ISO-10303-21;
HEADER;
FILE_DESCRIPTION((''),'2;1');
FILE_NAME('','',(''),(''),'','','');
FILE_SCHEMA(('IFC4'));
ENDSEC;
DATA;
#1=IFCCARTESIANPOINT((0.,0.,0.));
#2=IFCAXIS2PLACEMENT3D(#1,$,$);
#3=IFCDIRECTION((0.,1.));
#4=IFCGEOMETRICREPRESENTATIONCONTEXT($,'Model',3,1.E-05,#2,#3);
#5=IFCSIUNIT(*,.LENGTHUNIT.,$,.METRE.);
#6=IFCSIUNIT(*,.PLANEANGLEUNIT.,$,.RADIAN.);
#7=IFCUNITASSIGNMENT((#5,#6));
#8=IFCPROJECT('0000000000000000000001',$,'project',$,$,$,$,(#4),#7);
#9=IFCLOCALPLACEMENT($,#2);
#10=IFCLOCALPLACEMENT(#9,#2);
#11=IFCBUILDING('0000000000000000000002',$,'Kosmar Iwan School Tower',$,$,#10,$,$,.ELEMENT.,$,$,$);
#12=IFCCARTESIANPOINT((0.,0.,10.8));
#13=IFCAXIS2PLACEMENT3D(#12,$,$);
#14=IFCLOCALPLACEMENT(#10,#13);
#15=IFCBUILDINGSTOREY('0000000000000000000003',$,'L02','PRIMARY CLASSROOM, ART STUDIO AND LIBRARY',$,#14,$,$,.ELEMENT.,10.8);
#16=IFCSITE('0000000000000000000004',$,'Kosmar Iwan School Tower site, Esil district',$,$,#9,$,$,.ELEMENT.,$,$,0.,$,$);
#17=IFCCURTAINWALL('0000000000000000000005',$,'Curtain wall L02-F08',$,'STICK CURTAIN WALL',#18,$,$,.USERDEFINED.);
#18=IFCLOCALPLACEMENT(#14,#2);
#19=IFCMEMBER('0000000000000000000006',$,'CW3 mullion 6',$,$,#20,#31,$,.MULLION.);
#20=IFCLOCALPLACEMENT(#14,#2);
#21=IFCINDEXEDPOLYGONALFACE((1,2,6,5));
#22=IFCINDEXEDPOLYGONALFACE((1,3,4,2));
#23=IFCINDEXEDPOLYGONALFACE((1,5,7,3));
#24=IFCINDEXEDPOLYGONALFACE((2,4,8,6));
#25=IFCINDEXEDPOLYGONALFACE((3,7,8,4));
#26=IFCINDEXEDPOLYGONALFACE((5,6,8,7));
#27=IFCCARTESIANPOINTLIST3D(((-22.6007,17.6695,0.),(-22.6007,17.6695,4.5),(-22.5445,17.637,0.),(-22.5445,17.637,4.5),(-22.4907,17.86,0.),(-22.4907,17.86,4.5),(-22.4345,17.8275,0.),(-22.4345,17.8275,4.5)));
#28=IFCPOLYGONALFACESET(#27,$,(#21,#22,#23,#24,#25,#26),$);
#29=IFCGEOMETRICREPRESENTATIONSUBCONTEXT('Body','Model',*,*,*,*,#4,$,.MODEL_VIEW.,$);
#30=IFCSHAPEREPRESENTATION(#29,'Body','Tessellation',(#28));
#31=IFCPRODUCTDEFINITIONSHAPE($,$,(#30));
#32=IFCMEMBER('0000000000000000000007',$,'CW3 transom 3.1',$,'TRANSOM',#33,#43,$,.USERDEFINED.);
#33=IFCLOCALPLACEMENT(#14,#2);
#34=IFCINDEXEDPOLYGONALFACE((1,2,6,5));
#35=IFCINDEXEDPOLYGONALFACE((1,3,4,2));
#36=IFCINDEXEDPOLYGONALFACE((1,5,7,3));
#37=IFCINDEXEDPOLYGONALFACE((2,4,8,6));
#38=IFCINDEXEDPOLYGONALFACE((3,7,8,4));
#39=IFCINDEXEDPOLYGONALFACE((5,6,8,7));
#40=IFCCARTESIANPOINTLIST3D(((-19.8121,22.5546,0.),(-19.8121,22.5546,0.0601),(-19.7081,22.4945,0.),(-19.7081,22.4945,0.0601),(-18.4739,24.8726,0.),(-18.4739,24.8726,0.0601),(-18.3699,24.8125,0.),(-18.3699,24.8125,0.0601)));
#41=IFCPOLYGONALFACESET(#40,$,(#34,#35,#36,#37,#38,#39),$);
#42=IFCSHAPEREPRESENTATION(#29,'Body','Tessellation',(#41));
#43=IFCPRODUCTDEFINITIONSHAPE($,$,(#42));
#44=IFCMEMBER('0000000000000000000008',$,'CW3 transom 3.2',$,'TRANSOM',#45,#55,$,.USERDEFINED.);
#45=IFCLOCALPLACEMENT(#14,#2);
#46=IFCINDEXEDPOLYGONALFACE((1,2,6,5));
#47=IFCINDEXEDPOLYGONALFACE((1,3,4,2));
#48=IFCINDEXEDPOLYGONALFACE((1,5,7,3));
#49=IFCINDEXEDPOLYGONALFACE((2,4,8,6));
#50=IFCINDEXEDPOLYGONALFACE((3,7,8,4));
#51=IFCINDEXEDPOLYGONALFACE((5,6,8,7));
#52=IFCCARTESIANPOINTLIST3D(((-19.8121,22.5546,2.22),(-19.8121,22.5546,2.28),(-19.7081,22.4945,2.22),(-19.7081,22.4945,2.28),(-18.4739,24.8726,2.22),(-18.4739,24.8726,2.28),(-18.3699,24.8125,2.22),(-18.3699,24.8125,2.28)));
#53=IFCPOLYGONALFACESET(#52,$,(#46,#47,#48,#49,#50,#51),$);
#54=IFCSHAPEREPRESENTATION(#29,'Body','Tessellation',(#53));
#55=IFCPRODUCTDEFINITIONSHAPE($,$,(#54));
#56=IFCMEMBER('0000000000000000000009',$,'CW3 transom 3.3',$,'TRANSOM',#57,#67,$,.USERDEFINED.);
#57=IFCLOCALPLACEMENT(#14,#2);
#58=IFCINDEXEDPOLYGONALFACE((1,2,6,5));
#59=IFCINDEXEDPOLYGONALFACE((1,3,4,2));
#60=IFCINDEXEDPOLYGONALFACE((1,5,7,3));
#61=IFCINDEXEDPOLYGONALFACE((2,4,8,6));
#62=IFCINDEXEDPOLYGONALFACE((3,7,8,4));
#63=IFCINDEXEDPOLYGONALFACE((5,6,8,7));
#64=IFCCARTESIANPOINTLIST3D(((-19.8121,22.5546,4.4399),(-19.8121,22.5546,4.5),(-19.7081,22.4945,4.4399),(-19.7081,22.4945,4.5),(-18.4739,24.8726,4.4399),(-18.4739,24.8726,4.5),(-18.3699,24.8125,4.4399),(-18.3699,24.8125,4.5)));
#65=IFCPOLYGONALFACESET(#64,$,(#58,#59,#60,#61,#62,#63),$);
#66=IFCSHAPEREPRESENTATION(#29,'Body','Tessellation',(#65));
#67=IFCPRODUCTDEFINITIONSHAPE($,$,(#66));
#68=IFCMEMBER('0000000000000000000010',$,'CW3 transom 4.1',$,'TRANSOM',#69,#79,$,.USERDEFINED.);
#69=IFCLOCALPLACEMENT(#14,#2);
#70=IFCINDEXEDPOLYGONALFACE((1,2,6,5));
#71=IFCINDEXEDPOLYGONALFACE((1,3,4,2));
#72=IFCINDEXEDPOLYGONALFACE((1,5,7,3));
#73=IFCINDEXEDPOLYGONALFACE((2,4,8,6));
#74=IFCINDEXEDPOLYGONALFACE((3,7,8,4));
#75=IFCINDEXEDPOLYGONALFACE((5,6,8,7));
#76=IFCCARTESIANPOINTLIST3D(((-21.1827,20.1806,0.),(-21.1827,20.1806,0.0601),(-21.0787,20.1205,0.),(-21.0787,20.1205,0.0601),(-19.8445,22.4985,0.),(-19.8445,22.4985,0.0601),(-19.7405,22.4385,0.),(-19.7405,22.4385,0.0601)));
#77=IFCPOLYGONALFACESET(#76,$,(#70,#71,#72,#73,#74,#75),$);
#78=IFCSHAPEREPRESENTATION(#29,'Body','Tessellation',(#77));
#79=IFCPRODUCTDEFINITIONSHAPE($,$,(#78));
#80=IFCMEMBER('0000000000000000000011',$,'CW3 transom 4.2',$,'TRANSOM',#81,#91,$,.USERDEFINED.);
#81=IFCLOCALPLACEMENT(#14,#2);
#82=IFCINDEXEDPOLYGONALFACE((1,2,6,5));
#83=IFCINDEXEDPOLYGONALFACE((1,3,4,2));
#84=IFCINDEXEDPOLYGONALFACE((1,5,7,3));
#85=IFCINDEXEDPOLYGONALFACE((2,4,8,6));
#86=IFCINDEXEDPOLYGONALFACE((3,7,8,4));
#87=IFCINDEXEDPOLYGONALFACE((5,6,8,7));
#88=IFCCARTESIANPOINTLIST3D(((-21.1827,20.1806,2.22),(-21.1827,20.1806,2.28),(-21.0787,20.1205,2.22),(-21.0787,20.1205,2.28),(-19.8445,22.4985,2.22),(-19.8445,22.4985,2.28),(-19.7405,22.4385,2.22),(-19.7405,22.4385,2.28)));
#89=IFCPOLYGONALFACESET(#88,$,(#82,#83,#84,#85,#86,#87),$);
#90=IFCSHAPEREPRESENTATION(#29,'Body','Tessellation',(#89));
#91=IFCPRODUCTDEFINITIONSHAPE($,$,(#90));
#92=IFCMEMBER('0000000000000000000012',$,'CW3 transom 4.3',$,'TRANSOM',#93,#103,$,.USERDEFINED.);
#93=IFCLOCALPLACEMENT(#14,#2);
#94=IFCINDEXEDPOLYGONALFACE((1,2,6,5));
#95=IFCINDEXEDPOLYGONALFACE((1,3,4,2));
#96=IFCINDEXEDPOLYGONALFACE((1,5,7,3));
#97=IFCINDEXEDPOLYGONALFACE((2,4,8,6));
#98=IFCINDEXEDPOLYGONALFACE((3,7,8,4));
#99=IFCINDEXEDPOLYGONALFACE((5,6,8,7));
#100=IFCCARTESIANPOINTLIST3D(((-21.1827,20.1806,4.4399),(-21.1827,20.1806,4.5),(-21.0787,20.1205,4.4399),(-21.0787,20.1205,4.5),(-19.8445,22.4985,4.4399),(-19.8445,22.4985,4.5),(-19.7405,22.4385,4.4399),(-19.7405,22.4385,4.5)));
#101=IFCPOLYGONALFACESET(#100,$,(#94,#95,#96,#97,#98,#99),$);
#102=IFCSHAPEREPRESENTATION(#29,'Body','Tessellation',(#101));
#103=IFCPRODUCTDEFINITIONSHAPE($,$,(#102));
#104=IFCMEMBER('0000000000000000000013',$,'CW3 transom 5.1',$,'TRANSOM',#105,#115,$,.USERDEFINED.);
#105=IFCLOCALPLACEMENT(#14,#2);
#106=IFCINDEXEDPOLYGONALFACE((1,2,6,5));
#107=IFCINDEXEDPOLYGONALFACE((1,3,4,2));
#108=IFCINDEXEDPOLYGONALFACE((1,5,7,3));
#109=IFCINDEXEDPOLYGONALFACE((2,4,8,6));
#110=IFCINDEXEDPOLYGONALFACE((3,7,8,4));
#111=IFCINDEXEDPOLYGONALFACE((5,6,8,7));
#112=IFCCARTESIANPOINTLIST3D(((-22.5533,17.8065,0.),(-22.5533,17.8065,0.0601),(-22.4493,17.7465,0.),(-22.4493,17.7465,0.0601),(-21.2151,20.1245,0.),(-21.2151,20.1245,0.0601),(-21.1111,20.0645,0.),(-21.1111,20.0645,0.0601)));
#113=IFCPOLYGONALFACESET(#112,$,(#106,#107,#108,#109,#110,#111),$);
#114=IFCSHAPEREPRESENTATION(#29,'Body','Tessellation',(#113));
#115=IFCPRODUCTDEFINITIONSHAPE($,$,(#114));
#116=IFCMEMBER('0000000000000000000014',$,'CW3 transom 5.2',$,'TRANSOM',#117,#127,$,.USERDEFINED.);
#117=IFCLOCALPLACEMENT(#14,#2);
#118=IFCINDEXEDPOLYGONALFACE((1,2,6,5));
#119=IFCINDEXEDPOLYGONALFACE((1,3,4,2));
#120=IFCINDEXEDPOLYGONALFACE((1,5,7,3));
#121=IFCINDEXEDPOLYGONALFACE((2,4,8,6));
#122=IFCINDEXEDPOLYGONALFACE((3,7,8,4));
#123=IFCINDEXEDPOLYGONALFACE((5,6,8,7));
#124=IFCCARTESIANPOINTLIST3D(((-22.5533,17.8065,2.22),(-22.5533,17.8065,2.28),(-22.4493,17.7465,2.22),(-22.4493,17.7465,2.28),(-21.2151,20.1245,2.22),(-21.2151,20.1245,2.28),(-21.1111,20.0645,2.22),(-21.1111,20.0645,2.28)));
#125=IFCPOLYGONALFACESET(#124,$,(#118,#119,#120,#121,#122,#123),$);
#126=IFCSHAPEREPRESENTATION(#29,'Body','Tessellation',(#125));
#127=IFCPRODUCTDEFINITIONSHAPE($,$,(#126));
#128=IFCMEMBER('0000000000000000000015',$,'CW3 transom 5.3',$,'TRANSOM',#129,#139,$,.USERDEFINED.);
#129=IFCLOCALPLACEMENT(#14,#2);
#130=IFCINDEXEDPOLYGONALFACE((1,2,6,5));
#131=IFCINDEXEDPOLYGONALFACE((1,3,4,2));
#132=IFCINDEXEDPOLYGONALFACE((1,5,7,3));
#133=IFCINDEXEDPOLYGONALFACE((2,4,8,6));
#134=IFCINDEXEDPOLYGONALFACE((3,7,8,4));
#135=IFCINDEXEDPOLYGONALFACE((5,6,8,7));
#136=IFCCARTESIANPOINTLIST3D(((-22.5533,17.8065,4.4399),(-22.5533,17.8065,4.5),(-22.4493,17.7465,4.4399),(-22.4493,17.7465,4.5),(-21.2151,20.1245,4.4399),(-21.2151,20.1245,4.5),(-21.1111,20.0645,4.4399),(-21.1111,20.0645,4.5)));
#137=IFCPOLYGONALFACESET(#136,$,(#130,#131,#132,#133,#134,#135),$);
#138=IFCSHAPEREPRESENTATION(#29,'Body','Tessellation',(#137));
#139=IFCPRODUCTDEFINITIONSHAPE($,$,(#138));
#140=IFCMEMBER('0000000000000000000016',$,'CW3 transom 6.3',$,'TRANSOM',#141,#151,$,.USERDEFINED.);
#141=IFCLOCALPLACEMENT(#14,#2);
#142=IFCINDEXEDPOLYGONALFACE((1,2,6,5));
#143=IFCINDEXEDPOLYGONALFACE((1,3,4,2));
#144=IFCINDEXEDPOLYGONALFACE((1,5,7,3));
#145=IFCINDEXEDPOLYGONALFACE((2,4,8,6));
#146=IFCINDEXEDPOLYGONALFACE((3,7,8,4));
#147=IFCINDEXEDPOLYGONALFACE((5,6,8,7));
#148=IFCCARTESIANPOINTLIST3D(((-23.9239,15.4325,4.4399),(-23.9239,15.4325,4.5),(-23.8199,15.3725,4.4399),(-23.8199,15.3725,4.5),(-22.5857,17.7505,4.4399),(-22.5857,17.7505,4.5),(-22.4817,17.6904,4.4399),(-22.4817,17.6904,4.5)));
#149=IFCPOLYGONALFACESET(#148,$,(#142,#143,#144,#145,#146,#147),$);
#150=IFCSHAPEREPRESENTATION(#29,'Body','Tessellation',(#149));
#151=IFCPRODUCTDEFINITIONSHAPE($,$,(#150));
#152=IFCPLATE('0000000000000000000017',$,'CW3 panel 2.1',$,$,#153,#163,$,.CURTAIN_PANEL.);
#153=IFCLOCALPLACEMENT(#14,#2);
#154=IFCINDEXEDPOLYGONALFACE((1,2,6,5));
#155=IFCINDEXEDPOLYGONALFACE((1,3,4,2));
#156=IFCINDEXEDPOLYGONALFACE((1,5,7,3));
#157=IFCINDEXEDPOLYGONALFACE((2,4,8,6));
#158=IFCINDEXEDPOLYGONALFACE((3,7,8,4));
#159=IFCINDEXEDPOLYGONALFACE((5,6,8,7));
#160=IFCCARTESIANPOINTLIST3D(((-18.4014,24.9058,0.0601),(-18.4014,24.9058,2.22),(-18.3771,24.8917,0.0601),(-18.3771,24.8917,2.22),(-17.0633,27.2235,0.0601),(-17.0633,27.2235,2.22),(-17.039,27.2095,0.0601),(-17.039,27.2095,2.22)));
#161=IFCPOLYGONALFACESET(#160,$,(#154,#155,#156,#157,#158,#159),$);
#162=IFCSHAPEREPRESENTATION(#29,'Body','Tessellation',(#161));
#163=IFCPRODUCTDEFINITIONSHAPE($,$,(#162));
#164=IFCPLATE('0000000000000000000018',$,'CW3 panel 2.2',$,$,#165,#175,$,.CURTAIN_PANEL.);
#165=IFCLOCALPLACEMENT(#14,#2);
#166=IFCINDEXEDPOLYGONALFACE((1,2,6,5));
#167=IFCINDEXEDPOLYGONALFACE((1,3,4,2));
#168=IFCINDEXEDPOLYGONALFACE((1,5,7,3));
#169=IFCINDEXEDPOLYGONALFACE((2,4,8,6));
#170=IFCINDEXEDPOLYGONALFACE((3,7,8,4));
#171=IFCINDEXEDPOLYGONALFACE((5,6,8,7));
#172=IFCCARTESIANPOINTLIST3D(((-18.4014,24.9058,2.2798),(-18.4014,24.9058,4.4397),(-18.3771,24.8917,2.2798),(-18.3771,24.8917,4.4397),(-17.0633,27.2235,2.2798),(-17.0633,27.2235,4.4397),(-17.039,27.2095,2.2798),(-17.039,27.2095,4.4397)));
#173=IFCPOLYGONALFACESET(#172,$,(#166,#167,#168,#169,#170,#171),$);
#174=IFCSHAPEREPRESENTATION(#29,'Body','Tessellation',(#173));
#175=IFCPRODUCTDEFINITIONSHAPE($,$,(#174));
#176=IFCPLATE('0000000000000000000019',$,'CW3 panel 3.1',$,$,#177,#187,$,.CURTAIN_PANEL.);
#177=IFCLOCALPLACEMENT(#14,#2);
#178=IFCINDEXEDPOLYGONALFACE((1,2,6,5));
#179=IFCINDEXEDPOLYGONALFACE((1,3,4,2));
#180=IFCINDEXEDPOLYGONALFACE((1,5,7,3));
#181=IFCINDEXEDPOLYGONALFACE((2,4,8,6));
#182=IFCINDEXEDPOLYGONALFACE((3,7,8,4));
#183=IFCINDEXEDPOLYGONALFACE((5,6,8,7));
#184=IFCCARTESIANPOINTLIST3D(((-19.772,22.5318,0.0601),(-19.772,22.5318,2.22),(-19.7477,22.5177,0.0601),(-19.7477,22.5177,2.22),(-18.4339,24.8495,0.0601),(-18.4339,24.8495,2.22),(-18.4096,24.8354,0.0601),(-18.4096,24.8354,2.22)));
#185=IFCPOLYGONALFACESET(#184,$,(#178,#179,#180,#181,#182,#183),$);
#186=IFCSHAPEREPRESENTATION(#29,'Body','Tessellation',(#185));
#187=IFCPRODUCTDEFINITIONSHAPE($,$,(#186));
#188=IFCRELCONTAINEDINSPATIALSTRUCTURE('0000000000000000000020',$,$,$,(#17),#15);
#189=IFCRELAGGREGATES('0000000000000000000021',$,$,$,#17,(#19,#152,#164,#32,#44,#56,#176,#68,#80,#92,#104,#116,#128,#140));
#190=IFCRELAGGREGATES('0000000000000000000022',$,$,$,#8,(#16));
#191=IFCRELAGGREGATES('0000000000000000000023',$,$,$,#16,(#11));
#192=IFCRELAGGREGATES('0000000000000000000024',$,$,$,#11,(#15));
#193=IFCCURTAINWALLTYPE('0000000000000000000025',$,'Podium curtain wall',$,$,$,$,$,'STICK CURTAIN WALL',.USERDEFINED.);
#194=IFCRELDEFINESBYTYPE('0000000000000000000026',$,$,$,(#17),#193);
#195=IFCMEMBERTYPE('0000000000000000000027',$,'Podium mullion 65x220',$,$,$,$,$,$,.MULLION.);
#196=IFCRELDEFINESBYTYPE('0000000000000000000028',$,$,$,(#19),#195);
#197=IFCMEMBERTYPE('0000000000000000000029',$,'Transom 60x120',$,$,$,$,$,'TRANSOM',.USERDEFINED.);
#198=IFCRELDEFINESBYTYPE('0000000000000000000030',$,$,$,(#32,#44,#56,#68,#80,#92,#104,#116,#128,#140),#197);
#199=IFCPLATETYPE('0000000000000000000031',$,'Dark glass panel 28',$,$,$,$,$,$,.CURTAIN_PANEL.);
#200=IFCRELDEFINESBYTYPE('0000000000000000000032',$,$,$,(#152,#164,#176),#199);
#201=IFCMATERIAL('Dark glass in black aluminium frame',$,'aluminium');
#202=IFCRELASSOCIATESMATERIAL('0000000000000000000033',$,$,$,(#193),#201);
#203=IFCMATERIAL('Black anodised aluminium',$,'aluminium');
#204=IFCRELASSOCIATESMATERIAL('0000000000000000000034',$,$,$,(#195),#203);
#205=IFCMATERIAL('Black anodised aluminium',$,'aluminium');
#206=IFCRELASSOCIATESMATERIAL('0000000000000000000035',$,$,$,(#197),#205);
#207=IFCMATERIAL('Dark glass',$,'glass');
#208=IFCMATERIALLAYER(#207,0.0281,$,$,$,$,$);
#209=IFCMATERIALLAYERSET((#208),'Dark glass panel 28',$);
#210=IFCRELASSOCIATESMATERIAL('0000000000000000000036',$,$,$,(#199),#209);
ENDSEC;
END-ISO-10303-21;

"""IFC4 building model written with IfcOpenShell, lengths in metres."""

from ifc_helpers import new_model, si_unit, direction, frame, origin, origin_2d, place, context, subcontext, project, spatial, rectangle, extrude, material, layer, layer_set, material_profile, profile_set, type_object, element, aggregate, save


model = new_model("IFC4")

# Units and contexts
model_context = context("Model", 3, precision=1e-05, world=origin(), true_north=direction((0.0, 1.0)))
body_context = subcontext(model_context, "Body", "Model", "MODEL_VIEW")
ifc_project = project(units=[si_unit("LENGTHUNIT", "METRE"), si_unit("PLANEANGLEUNIT", "RADIAN")], contexts=[model_context])

# Site, building, storey
site_placement = place(None, origin())
site = spatial("IfcSite", under=ifc_project, at=site_placement, Name="Kosmar Iwan School Tower site, Esil district", CompositionType="ELEMENT", RefElevation=0.0)
building_placement = place(site_placement, origin())
building = spatial("IfcBuilding", under=site, at=building_placement, Name="Kosmar Iwan School Tower", CompositionType="ELEMENT")
storey_placement = place(building_placement, frame((0.0, 0.0, 10.8)))
storey = spatial("IfcBuildingStorey", under=building, at=storey_placement, Name="L02", Description="PRIMARY CLASSROOM, ART STUDIO AND LIBRARY", CompositionType="ELEMENT", Elevation=10.8)

# Curtain wall, members, plates
ifc_material_1 = material(Name="Dark glass in black aluminium frame", Category="aluminium")
curtain_wall_type = type_object("IfcCurtainWallType", Name="Podium curtain wall", ElementType="STICK CURTAIN WALL", PredefinedType="USERDEFINED", material=ifc_material_1)
curtain_wall_placement = place(storey_placement, origin())
curtain_wall = element("IfcCurtainWall", 1, at=curtain_wall_placement, inside=storey, type_object=curtain_wall_type, Name="Curtain wall L02-F08", ObjectType="STICK CURTAIN WALL", PredefinedType="USERDEFINED")
ifc_material_2 = material(Name="Black anodised aluminium", Category="aluminium")
ifc_material_profile_1 = material_profile(ifc_material_2, rectangle(XDim=0.0649, YDim=0.22, at=origin_2d()), Name="MULLION 65x220")
ifc_profile_set_1 = profile_set([ifc_material_profile_1], Name="Black anodised aluminium")
member_type_1 = type_object("IfcMemberType", Name="Podium mullion 65x220", PredefinedType="MULLION", material=ifc_profile_set_1)
member_1_placement = place(storey_placement, frame((-22.5176, 17.7485, 0.0), z_axis=(0.0, 0.0, 1.0), x_axis=(0.866025, -0.5, 0.0)))
member_1 = element("IfcMember", 2, at=member_1_placement, type_object=member_type_1, Name="CW3 mullion 6", PredefinedType="MULLION", context=body_context, shape_type="SweptSolid", body=[
    extrude(rectangle(XDim=0.0649, YDim=0.22, at=origin_2d()), origin(), (0.0, 0.0, 1.0), 4.5),
])
ifc_material_3 = material(Name="Black anodised aluminium", Category="aluminium")
ifc_material_profile_2 = material_profile(ifc_material_3, rectangle(XDim=0.1201, YDim=0.0601, at=origin_2d()), Name="TRANSOM 60x120")
ifc_profile_set_2 = profile_set([ifc_material_profile_2], Name="Black anodised aluminium")
member_type_2 = type_object("IfcMemberType", Name="Transom 60x120", ElementType="TRANSOM", PredefinedType="USERDEFINED", material=ifc_profile_set_2)
member_2_placement = place(storey_placement, frame((-18.4219, 24.8425, 0.03), z_axis=(-0.499975, -0.86604, 0.0), x_axis=(0.86604, -0.499975, 0.0)))
member_2 = element("IfcMember", 3, at=member_2_placement, type_object=member_type_2, Name="CW3 transom 3.1", ObjectType="TRANSOM", PredefinedType="USERDEFINED", context=body_context, shape_type="SweptSolid", body=[
    extrude(rectangle(XDim=0.1201, YDim=0.0601, at=origin_2d()), origin(), (0.0, 0.0, 1.0), 2.6765),
])
member_3_placement = place(storey_placement, frame((-18.4219, 24.8425, 2.25), z_axis=(-0.499975, -0.86604, 0.0), x_axis=(0.86604, -0.499975, 0.0)))
member_3 = element("IfcMember", 4, at=member_3_placement, type_object=member_type_2, Name="CW3 transom 3.2", ObjectType="TRANSOM", PredefinedType="USERDEFINED", context=body_context, shape_type="SweptSolid", body=[
    extrude(rectangle(XDim=0.1201, YDim=0.0601, at=origin_2d()), origin(), (0.0, 0.0, 1.0), 2.6765),
])
member_4_placement = place(storey_placement, frame((-18.4219, 24.8425, 4.47), z_axis=(-0.499975, -0.86604, 0.0), x_axis=(0.86604, -0.499975, 0.0)))
member_4 = element("IfcMember", 5, at=member_4_placement, type_object=member_type_2, Name="CW3 transom 3.3", ObjectType="TRANSOM", PredefinedType="USERDEFINED", context=body_context, shape_type="SweptSolid", body=[
    extrude(rectangle(XDim=0.1201, YDim=0.0601, at=origin_2d()), origin(), (0.0, 0.0, 1.0), 2.6765),
])
member_5_placement = place(storey_placement, frame((-19.7925, 22.4685, 0.03), z_axis=(-0.499975, -0.86604, 0.0), x_axis=(0.86604, -0.499975, 0.0)))
member_5 = element("IfcMember", 6, at=member_5_placement, type_object=member_type_2, Name="CW3 transom 4.1", ObjectType="TRANSOM", PredefinedType="USERDEFINED", context=body_context, shape_type="SweptSolid", body=[
    extrude(rectangle(XDim=0.1201, YDim=0.0601, at=origin_2d()), origin(), (0.0, 0.0, 1.0), 2.6765),
])
member_6_placement = place(storey_placement, frame((-19.7925, 22.4685, 2.25), z_axis=(-0.499975, -0.86604, 0.0), x_axis=(0.86604, -0.499975, 0.0)))
member_6 = element("IfcMember", 7, at=member_6_placement, type_object=member_type_2, Name="CW3 transom 4.2", ObjectType="TRANSOM", PredefinedType="USERDEFINED", context=body_context, shape_type="SweptSolid", body=[
    extrude(rectangle(XDim=0.1201, YDim=0.0601, at=origin_2d()), origin(), (0.0, 0.0, 1.0), 2.6765),
])
member_7_placement = place(storey_placement, frame((-19.7925, 22.4685, 4.47), z_axis=(-0.499975, -0.86604, 0.0), x_axis=(0.86604, -0.499975, 0.0)))
member_7 = element("IfcMember", 8, at=member_7_placement, type_object=member_type_2, Name="CW3 transom 4.3", ObjectType="TRANSOM", PredefinedType="USERDEFINED", context=body_context, shape_type="SweptSolid", body=[
    extrude(rectangle(XDim=0.1201, YDim=0.0601, at=origin_2d()), origin(), (0.0, 0.0, 1.0), 2.6765),
])
member_8_placement = place(storey_placement, frame((-21.1631, 20.0945, 0.03), z_axis=(-0.499975, -0.86604, 0.0), x_axis=(0.86604, -0.499975, 0.0)))
member_8 = element("IfcMember", 9, at=member_8_placement, type_object=member_type_2, Name="CW3 transom 5.1", ObjectType="TRANSOM", PredefinedType="USERDEFINED", context=body_context, shape_type="SweptSolid", body=[
    extrude(rectangle(XDim=0.1201, YDim=0.0601, at=origin_2d()), origin(), (0.0, 0.0, 1.0), 2.6765),
])
member_9_placement = place(storey_placement, frame((-21.1631, 20.0945, 2.25), z_axis=(-0.499975, -0.86604, 0.0), x_axis=(0.86604, -0.499975, 0.0)))
member_9 = element("IfcMember", 10, at=member_9_placement, type_object=member_type_2, Name="CW3 transom 5.2", ObjectType="TRANSOM", PredefinedType="USERDEFINED", context=body_context, shape_type="SweptSolid", body=[
    extrude(rectangle(XDim=0.1201, YDim=0.0601, at=origin_2d()), origin(), (0.0, 0.0, 1.0), 2.6765),
])
member_10_placement = place(storey_placement, frame((-21.1631, 20.0945, 4.47), z_axis=(-0.499975, -0.86604, 0.0), x_axis=(0.86604, -0.499975, 0.0)))
member_10 = element("IfcMember", 11, at=member_10_placement, type_object=member_type_2, Name="CW3 transom 5.3", ObjectType="TRANSOM", PredefinedType="USERDEFINED", context=body_context, shape_type="SweptSolid", body=[
    extrude(rectangle(XDim=0.1201, YDim=0.0601, at=origin_2d()), origin(), (0.0, 0.0, 1.0), 2.6765),
])
member_11_placement = place(storey_placement, frame((-22.5337, 17.7205, 4.47), z_axis=(-0.499975, -0.86604, 0.0), x_axis=(0.86604, -0.499975, 0.0)))
member_11 = element("IfcMember", 12, at=member_11_placement, type_object=member_type_2, Name="CW3 transom 6.3", ObjectType="TRANSOM", PredefinedType="USERDEFINED", context=body_context, shape_type="SweptSolid", body=[
    extrude(rectangle(XDim=0.1201, YDim=0.0601, at=origin_2d()), origin(), (0.0, 0.0, 1.0), 2.6765),
])
ifc_material_4 = material(Name="Dark glass", Category="glass")
ifc_layer = layer(ifc_material_4, 0.0281)
ifc_layer_set = layer_set([ifc_layer], Name="Dark glass panel 28")
plate_type = type_object("IfcPlateType", Name="Dark glass panel 28", PredefinedType="CURTAIN_PANEL", material=ifc_layer_set)
plate_1_placement = place(storey_placement, frame((-17.7202, 26.0576, 0.0601), z_axis=(0.0, 0.0, 1.0), x_axis=(-0.5, -0.866025, 0.0)))
plate_1 = element("IfcPlate", 13, at=plate_1_placement, type_object=plate_type, Name="CW3 panel 2.1", PredefinedType="CURTAIN_PANEL", context=body_context, shape_type="SweptSolid", body=[
    extrude(rectangle(XDim=2.6763, YDim=0.0281, at=origin_2d()), origin(), (0.0, 0.0, 1.0), 2.1599),
])
plate_2_placement = place(storey_placement, frame((-17.7202, 26.0576, 2.2798), z_axis=(0.0, 0.0, 1.0), x_axis=(-0.5, -0.866025, 0.0)))
plate_2 = element("IfcPlate", 14, at=plate_2_placement, type_object=plate_type, Name="CW3 panel 2.2", PredefinedType="CURTAIN_PANEL", context=body_context, shape_type="SweptSolid", body=[
    extrude(rectangle(XDim=2.6763, YDim=0.0281, at=origin_2d()), origin(), (0.0, 0.0, 1.0), 2.1599),
])
plate_3_placement = place(storey_placement, frame((-19.0908, 23.6836, 0.0601), z_axis=(0.0, 0.0, 1.0), x_axis=(-0.5, -0.866025, 0.0)))
plate_3 = element("IfcPlate", 15, at=plate_3_placement, type_object=plate_type, Name="CW3 panel 3.1", PredefinedType="CURTAIN_PANEL", context=body_context, shape_type="SweptSolid", body=[
    extrude(rectangle(XDim=2.6763, YDim=0.0281, at=origin_2d()), origin(), (0.0, 0.0, 1.0), 2.1599),
])
aggregate(curtain_wall, [member_1, plate_1, plate_2, member_2, member_3, member_4, plate_3, member_5, member_6, member_7, member_8, member_9, member_10, member_11])

save(model, "model.ifc")
